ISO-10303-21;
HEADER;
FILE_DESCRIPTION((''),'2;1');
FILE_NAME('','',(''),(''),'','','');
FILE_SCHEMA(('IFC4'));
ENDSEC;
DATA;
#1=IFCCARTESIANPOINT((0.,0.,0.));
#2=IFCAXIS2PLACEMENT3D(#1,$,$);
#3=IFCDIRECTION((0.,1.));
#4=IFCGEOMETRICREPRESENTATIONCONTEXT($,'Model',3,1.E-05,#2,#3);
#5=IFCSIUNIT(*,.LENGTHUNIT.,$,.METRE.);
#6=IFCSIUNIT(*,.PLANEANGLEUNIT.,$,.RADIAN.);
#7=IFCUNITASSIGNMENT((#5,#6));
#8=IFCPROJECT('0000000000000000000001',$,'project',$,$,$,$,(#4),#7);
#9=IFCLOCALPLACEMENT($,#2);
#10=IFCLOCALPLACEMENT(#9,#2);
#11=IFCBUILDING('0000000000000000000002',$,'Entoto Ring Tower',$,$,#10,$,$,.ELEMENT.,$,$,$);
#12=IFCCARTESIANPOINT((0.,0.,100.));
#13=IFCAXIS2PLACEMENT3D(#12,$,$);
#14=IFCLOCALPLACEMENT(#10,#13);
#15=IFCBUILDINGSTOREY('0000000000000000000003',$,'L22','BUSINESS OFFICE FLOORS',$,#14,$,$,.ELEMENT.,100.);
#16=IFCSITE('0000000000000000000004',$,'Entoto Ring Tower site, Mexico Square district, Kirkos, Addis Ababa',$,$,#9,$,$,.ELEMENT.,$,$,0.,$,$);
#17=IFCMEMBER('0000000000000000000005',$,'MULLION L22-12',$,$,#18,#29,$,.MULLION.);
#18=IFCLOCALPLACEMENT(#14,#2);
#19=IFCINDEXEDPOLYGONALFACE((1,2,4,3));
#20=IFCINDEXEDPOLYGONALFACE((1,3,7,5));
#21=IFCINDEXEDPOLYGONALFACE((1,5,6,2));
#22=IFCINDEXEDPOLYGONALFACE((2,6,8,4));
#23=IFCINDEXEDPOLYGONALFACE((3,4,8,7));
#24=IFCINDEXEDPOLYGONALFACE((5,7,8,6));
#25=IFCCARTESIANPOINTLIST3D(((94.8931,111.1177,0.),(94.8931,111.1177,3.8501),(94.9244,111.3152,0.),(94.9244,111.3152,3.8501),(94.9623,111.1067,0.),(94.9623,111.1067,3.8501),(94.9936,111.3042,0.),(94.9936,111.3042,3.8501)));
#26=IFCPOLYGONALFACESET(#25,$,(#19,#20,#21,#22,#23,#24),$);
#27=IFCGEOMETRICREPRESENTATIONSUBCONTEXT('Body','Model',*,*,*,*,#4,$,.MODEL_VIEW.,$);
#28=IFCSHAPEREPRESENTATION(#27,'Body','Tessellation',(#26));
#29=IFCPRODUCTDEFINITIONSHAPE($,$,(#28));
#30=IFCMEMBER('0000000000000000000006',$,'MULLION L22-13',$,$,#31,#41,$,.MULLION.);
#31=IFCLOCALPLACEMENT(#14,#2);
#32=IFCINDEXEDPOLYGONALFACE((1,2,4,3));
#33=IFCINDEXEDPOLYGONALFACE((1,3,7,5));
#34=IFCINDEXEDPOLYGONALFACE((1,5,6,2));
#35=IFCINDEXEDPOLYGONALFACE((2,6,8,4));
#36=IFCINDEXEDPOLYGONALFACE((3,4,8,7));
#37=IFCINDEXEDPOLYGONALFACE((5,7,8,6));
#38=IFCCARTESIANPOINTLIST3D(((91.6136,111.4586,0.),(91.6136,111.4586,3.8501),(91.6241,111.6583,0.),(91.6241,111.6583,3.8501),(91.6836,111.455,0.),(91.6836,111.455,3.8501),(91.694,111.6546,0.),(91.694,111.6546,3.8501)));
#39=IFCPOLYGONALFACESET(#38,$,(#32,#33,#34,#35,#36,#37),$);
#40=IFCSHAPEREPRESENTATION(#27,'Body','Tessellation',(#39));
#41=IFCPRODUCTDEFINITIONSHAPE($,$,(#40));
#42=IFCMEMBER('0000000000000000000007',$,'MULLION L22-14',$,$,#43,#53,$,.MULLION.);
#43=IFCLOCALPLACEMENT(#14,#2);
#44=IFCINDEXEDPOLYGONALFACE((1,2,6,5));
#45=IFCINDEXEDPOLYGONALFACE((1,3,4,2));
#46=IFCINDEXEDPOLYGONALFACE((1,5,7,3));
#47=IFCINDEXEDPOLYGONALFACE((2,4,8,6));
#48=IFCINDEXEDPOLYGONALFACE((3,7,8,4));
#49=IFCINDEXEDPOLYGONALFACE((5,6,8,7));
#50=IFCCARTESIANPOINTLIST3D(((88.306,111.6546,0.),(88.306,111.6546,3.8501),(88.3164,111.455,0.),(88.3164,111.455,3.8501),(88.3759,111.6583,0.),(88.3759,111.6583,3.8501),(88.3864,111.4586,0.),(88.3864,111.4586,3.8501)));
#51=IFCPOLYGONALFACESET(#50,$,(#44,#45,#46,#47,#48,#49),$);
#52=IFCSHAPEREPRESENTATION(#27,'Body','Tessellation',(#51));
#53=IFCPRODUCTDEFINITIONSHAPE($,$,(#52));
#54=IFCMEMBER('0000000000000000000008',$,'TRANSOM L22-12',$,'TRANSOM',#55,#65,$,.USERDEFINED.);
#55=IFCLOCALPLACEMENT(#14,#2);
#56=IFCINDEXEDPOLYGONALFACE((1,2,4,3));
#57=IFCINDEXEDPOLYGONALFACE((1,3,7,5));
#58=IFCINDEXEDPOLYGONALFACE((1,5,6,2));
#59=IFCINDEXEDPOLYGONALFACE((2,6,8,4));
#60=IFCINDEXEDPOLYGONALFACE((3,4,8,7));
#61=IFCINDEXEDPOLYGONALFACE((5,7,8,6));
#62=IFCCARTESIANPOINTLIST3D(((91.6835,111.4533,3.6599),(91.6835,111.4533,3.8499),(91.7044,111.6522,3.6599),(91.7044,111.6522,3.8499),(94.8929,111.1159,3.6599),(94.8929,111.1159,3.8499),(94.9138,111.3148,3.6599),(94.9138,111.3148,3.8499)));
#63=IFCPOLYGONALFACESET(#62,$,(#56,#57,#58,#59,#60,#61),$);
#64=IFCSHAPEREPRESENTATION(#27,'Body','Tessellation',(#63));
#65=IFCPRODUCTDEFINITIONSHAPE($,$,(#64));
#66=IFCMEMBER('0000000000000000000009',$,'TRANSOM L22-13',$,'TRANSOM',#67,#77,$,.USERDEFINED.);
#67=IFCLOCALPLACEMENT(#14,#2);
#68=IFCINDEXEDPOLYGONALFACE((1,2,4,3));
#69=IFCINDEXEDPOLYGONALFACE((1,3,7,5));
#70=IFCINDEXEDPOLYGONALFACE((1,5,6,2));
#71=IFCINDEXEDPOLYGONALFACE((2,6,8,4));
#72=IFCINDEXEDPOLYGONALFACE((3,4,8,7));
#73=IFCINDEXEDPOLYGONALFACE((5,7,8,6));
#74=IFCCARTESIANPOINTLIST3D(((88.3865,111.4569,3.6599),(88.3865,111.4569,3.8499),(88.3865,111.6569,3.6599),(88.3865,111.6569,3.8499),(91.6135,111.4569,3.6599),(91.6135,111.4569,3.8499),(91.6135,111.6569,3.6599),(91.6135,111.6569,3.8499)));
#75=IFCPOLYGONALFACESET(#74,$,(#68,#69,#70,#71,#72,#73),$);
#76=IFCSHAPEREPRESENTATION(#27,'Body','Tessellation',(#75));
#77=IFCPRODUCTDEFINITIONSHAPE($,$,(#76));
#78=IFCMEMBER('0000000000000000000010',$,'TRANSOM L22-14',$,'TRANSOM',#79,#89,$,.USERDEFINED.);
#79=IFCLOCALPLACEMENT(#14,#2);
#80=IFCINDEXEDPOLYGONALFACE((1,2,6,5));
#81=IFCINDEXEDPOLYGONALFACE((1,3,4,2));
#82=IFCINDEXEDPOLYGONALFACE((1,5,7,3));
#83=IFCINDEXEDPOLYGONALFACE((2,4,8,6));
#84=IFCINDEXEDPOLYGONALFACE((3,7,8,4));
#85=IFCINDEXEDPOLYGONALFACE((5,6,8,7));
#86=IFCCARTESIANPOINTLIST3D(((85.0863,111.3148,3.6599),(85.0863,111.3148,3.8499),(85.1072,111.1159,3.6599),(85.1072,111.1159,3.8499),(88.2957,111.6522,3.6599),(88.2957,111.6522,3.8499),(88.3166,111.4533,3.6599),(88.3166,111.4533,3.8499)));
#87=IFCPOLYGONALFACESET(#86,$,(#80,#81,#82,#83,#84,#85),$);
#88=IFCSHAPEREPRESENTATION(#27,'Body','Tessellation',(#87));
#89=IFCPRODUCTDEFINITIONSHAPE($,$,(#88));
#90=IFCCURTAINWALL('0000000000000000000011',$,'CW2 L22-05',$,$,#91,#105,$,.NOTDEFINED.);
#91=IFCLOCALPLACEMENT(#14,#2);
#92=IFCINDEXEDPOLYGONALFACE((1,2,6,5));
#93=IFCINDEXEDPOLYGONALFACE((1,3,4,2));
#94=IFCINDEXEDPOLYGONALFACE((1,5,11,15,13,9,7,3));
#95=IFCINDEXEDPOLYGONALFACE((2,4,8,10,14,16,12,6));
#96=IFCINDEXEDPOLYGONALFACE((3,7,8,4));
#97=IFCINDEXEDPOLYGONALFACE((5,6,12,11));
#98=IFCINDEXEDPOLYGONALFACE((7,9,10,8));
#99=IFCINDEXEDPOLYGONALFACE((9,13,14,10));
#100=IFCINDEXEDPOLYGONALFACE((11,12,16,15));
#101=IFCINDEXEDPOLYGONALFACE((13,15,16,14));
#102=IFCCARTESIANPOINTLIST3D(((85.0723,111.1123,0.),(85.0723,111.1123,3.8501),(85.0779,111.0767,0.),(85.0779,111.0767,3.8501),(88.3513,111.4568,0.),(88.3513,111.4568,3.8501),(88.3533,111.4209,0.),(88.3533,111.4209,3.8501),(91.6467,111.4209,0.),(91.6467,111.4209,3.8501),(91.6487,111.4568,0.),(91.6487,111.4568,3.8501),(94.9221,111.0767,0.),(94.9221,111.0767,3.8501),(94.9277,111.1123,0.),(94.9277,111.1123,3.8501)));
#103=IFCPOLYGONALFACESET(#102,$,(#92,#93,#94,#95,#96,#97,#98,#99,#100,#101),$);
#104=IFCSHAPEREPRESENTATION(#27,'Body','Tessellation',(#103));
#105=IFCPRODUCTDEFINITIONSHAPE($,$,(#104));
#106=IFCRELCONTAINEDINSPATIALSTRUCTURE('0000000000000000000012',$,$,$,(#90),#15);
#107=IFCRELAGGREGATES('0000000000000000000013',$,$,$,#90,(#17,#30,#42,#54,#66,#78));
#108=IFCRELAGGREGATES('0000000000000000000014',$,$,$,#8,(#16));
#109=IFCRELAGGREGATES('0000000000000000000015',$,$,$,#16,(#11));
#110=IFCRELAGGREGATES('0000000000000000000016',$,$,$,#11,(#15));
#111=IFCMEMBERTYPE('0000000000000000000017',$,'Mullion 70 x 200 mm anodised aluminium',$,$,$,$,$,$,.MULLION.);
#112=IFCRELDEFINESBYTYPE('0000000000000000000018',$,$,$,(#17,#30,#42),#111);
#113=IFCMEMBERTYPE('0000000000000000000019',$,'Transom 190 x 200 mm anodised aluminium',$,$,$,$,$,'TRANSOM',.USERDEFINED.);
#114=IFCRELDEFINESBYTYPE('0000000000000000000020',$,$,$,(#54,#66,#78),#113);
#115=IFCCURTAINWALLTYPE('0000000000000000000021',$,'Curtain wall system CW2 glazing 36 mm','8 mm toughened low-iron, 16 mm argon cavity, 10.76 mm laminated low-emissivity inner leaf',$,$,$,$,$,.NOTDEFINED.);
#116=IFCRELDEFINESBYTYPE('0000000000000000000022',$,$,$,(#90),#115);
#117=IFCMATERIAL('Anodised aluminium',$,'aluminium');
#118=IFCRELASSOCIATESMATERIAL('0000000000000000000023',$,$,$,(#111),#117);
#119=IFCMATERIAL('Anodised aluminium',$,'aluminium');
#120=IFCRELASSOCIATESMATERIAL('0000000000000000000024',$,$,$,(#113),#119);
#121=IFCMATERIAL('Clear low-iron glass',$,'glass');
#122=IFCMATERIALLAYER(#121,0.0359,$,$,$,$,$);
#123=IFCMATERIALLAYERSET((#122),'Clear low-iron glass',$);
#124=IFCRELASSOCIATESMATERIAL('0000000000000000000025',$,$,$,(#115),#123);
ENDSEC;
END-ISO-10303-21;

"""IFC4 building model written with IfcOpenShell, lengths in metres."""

from ifc_helpers import new_model, si_unit, direction, frame, origin, origin_2d, place, context, subcontext, project, spatial, polyline, rectangle, outline, extrude, material, layer, layer_set, material_profile, profile_set, type_object, element, aggregate, save


model = new_model("IFC4")

# Units and contexts
model_context = context("Model", 3, precision=1e-05, world=origin(), true_north=direction((0.0, 1.0)))
body_context = subcontext(model_context, "Body", "Model", "MODEL_VIEW")
ifc_project = project(units=[si_unit("LENGTHUNIT", "METRE"), si_unit("PLANEANGLEUNIT", "RADIAN")], contexts=[model_context])

# Members
ifc_material_1 = material(Name="Anodised aluminium", Category="aluminium")
ifc_material_profile_1 = material_profile(ifc_material_1, rectangle(XDim=0.0701, YDim=0.2, at=origin_2d()), Name="Mullion 70 x 200 mm anodised aluminium")
ifc_profile_set_1 = profile_set([ifc_material_profile_1], Name="Anodised aluminium")
member_type_1 = type_object("IfcMemberType", Name="Mullion 70 x 200 mm anodised aluminium", PredefinedType="MULLION", material=ifc_profile_set_1)
site_placement = place(None, origin())
building_placement = place(site_placement, origin())
storey_placement = place(building_placement, frame((0.0, 0.0, 100.0)))
member_1_placement = place(storey_placement, frame((94.9434, 111.2109, 0.0), z_axis=(0.0, 0.0, 1.0), x_axis=(-0.987688, 0.156434, 0.0)))
member_1 = element("IfcMember", 1, at=member_1_placement, type_object=member_type_1, Name="MULLION L22-12", PredefinedType="MULLION", context=body_context, shape_type="SweptSolid", body=[
    extrude(rectangle(XDim=0.0701, YDim=0.2, at=origin_2d()), origin(), (0.0, 0.0, 1.0), 3.8501),
])
member_2_placement = place(storey_placement, frame((91.6538, 111.5566, 0.0), z_axis=(0.0, 0.0, 1.0), x_axis=(-0.99863, 0.052336, 0.0)))
member_2 = element("IfcMember", 2, at=member_2_placement, type_object=member_type_1, Name="MULLION L22-13", PredefinedType="MULLION", context=body_context, shape_type="SweptSolid", body=[
    extrude(rectangle(XDim=0.0701, YDim=0.2, at=origin_2d()), origin(), (0.0, 0.0, 1.0), 3.8501),
])
member_3_placement = place(storey_placement, frame((88.3462, 111.5566, 0.0), z_axis=(0.0, 0.0, 1.0), x_axis=(-0.99863, -0.052336, 0.0)))
member_3 = element("IfcMember", 3, at=member_3_placement, type_object=member_type_1, Name="MULLION L22-14", PredefinedType="MULLION", context=body_context, shape_type="SweptSolid", body=[
    extrude(rectangle(XDim=0.0701, YDim=0.2, at=origin_2d()), origin(), (0.0, 0.0, 1.0), 3.8501),
])
ifc_material_2 = material(Name="Anodised aluminium", Category="aluminium")
ifc_material_profile_2 = material_profile(ifc_material_2, rectangle(XDim=0.2, YDim=0.1899, at=origin_2d()), Name="Transom 190 x 200 mm anodised aluminium")
ifc_profile_set_2 = profile_set([ifc_material_profile_2], Name="Anodised aluminium")
member_type_2 = type_object("IfcMemberType", Name="Transom 190 x 200 mm anodised aluminium", ElementType="TRANSOM", PredefinedType="USERDEFINED", material=ifc_profile_set_2)
member_4_placement = place(storey_placement, frame((94.9033, 111.2153, 3.7549), z_axis=(-0.99452, 0.104551, 0.0), x_axis=(-0.104551, -0.99452, 0.0)))
member_4 = element("IfcMember", 4, at=member_4_placement, type_object=member_type_2, Name="TRANSOM L22-12", ObjectType="TRANSOM", PredefinedType="USERDEFINED", context=body_context, shape_type="SweptSolid", body=[
    extrude(rectangle(XDim=0.2, YDim=0.1899, at=origin_2d()), origin(), (0.0, 0.0, 1.0), 3.2271),
])
member_5_placement = place(storey_placement, frame((91.6135, 111.5569, 3.7549), z_axis=(-1.0, 0.0, 0.0), x_axis=(0.0, -1.0, 0.0)))
member_5 = element("IfcMember", 5, at=member_5_placement, type_object=member_type_2, Name="TRANSOM L22-13", ObjectType="TRANSOM", PredefinedType="USERDEFINED", context=body_context, shape_type="SweptSolid", body=[
    extrude(rectangle(XDim=0.2, YDim=0.1899, at=origin_2d()), origin(), (0.0, 0.0, 1.0), 3.2271),
])
member_6_placement = place(storey_placement, frame((88.3062, 111.5527, 3.7549), z_axis=(-0.99452, -0.104551, 0.0), x_axis=(0.104551, -0.99452, 0.0)))
member_6 = element("IfcMember", 6, at=member_6_placement, type_object=member_type_2, Name="TRANSOM L22-14", ObjectType="TRANSOM", PredefinedType="USERDEFINED", context=body_context, shape_type="SweptSolid", body=[
    extrude(rectangle(XDim=0.2, YDim=0.1899, at=origin_2d()), origin(), (0.0, 0.0, 1.0), 3.2271),
])

# Site, building, storey
site = spatial("IfcSite", under=ifc_project, at=site_placement, Name="Entoto Ring Tower site, Mexico Square district, Kirkos, Addis Ababa", CompositionType="ELEMENT", RefElevation=0.0)
building = spatial("IfcBuilding", under=site, at=building_placement, Name="Entoto Ring Tower", CompositionType="ELEMENT")
storey = spatial("IfcBuildingStorey", under=building, at=storey_placement, Name="L22", Description="BUSINESS OFFICE FLOORS", CompositionType="ELEMENT", Elevation=100.0)

# Curtain wall
ifc_material_3 = material(Name="Clear low-iron glass", Category="glass")
ifc_layer = layer(ifc_material_3, 0.0359)
ifc_layer_set = layer_set([ifc_layer], Name="Clear low-iron glass")
curtain_wall_type = type_object("IfcCurtainWallType", Name="Curtain wall system CW2 glazing 36 mm", Description="8 mm toughened low-iron, 16 mm argon cavity, 10.76 mm laminated low-emissivity inner leaf", PredefinedType="NOTDEFINED", material=ifc_layer_set)
curtain_wall_1_placement = place(storey_placement, origin())
curtain_wall_1 = element("IfcCurtainWall", 7, at=curtain_wall_1_placement, inside=storey, type_object=curtain_wall_type, Name="CW2 L22-05", PredefinedType="NOTDEFINED", context=body_context, shape_type="SweptSolid", body=[
    extrude(outline(polyline([(94.9277, 111.1123), (91.6487, 111.4568), (88.3513, 111.4568), (85.0723, 111.1123), (85.0779, 111.0767), (88.3533, 111.4209), (91.6467, 111.4209), (94.9221, 111.0767), (94.9277, 111.1123)])), origin(), (0.0, 0.0, 1.0), 3.8501),
])
aggregate(curtain_wall_1, [member_1, member_2, member_3, member_4, member_5, member_6])

save(model, "model.ifc")
